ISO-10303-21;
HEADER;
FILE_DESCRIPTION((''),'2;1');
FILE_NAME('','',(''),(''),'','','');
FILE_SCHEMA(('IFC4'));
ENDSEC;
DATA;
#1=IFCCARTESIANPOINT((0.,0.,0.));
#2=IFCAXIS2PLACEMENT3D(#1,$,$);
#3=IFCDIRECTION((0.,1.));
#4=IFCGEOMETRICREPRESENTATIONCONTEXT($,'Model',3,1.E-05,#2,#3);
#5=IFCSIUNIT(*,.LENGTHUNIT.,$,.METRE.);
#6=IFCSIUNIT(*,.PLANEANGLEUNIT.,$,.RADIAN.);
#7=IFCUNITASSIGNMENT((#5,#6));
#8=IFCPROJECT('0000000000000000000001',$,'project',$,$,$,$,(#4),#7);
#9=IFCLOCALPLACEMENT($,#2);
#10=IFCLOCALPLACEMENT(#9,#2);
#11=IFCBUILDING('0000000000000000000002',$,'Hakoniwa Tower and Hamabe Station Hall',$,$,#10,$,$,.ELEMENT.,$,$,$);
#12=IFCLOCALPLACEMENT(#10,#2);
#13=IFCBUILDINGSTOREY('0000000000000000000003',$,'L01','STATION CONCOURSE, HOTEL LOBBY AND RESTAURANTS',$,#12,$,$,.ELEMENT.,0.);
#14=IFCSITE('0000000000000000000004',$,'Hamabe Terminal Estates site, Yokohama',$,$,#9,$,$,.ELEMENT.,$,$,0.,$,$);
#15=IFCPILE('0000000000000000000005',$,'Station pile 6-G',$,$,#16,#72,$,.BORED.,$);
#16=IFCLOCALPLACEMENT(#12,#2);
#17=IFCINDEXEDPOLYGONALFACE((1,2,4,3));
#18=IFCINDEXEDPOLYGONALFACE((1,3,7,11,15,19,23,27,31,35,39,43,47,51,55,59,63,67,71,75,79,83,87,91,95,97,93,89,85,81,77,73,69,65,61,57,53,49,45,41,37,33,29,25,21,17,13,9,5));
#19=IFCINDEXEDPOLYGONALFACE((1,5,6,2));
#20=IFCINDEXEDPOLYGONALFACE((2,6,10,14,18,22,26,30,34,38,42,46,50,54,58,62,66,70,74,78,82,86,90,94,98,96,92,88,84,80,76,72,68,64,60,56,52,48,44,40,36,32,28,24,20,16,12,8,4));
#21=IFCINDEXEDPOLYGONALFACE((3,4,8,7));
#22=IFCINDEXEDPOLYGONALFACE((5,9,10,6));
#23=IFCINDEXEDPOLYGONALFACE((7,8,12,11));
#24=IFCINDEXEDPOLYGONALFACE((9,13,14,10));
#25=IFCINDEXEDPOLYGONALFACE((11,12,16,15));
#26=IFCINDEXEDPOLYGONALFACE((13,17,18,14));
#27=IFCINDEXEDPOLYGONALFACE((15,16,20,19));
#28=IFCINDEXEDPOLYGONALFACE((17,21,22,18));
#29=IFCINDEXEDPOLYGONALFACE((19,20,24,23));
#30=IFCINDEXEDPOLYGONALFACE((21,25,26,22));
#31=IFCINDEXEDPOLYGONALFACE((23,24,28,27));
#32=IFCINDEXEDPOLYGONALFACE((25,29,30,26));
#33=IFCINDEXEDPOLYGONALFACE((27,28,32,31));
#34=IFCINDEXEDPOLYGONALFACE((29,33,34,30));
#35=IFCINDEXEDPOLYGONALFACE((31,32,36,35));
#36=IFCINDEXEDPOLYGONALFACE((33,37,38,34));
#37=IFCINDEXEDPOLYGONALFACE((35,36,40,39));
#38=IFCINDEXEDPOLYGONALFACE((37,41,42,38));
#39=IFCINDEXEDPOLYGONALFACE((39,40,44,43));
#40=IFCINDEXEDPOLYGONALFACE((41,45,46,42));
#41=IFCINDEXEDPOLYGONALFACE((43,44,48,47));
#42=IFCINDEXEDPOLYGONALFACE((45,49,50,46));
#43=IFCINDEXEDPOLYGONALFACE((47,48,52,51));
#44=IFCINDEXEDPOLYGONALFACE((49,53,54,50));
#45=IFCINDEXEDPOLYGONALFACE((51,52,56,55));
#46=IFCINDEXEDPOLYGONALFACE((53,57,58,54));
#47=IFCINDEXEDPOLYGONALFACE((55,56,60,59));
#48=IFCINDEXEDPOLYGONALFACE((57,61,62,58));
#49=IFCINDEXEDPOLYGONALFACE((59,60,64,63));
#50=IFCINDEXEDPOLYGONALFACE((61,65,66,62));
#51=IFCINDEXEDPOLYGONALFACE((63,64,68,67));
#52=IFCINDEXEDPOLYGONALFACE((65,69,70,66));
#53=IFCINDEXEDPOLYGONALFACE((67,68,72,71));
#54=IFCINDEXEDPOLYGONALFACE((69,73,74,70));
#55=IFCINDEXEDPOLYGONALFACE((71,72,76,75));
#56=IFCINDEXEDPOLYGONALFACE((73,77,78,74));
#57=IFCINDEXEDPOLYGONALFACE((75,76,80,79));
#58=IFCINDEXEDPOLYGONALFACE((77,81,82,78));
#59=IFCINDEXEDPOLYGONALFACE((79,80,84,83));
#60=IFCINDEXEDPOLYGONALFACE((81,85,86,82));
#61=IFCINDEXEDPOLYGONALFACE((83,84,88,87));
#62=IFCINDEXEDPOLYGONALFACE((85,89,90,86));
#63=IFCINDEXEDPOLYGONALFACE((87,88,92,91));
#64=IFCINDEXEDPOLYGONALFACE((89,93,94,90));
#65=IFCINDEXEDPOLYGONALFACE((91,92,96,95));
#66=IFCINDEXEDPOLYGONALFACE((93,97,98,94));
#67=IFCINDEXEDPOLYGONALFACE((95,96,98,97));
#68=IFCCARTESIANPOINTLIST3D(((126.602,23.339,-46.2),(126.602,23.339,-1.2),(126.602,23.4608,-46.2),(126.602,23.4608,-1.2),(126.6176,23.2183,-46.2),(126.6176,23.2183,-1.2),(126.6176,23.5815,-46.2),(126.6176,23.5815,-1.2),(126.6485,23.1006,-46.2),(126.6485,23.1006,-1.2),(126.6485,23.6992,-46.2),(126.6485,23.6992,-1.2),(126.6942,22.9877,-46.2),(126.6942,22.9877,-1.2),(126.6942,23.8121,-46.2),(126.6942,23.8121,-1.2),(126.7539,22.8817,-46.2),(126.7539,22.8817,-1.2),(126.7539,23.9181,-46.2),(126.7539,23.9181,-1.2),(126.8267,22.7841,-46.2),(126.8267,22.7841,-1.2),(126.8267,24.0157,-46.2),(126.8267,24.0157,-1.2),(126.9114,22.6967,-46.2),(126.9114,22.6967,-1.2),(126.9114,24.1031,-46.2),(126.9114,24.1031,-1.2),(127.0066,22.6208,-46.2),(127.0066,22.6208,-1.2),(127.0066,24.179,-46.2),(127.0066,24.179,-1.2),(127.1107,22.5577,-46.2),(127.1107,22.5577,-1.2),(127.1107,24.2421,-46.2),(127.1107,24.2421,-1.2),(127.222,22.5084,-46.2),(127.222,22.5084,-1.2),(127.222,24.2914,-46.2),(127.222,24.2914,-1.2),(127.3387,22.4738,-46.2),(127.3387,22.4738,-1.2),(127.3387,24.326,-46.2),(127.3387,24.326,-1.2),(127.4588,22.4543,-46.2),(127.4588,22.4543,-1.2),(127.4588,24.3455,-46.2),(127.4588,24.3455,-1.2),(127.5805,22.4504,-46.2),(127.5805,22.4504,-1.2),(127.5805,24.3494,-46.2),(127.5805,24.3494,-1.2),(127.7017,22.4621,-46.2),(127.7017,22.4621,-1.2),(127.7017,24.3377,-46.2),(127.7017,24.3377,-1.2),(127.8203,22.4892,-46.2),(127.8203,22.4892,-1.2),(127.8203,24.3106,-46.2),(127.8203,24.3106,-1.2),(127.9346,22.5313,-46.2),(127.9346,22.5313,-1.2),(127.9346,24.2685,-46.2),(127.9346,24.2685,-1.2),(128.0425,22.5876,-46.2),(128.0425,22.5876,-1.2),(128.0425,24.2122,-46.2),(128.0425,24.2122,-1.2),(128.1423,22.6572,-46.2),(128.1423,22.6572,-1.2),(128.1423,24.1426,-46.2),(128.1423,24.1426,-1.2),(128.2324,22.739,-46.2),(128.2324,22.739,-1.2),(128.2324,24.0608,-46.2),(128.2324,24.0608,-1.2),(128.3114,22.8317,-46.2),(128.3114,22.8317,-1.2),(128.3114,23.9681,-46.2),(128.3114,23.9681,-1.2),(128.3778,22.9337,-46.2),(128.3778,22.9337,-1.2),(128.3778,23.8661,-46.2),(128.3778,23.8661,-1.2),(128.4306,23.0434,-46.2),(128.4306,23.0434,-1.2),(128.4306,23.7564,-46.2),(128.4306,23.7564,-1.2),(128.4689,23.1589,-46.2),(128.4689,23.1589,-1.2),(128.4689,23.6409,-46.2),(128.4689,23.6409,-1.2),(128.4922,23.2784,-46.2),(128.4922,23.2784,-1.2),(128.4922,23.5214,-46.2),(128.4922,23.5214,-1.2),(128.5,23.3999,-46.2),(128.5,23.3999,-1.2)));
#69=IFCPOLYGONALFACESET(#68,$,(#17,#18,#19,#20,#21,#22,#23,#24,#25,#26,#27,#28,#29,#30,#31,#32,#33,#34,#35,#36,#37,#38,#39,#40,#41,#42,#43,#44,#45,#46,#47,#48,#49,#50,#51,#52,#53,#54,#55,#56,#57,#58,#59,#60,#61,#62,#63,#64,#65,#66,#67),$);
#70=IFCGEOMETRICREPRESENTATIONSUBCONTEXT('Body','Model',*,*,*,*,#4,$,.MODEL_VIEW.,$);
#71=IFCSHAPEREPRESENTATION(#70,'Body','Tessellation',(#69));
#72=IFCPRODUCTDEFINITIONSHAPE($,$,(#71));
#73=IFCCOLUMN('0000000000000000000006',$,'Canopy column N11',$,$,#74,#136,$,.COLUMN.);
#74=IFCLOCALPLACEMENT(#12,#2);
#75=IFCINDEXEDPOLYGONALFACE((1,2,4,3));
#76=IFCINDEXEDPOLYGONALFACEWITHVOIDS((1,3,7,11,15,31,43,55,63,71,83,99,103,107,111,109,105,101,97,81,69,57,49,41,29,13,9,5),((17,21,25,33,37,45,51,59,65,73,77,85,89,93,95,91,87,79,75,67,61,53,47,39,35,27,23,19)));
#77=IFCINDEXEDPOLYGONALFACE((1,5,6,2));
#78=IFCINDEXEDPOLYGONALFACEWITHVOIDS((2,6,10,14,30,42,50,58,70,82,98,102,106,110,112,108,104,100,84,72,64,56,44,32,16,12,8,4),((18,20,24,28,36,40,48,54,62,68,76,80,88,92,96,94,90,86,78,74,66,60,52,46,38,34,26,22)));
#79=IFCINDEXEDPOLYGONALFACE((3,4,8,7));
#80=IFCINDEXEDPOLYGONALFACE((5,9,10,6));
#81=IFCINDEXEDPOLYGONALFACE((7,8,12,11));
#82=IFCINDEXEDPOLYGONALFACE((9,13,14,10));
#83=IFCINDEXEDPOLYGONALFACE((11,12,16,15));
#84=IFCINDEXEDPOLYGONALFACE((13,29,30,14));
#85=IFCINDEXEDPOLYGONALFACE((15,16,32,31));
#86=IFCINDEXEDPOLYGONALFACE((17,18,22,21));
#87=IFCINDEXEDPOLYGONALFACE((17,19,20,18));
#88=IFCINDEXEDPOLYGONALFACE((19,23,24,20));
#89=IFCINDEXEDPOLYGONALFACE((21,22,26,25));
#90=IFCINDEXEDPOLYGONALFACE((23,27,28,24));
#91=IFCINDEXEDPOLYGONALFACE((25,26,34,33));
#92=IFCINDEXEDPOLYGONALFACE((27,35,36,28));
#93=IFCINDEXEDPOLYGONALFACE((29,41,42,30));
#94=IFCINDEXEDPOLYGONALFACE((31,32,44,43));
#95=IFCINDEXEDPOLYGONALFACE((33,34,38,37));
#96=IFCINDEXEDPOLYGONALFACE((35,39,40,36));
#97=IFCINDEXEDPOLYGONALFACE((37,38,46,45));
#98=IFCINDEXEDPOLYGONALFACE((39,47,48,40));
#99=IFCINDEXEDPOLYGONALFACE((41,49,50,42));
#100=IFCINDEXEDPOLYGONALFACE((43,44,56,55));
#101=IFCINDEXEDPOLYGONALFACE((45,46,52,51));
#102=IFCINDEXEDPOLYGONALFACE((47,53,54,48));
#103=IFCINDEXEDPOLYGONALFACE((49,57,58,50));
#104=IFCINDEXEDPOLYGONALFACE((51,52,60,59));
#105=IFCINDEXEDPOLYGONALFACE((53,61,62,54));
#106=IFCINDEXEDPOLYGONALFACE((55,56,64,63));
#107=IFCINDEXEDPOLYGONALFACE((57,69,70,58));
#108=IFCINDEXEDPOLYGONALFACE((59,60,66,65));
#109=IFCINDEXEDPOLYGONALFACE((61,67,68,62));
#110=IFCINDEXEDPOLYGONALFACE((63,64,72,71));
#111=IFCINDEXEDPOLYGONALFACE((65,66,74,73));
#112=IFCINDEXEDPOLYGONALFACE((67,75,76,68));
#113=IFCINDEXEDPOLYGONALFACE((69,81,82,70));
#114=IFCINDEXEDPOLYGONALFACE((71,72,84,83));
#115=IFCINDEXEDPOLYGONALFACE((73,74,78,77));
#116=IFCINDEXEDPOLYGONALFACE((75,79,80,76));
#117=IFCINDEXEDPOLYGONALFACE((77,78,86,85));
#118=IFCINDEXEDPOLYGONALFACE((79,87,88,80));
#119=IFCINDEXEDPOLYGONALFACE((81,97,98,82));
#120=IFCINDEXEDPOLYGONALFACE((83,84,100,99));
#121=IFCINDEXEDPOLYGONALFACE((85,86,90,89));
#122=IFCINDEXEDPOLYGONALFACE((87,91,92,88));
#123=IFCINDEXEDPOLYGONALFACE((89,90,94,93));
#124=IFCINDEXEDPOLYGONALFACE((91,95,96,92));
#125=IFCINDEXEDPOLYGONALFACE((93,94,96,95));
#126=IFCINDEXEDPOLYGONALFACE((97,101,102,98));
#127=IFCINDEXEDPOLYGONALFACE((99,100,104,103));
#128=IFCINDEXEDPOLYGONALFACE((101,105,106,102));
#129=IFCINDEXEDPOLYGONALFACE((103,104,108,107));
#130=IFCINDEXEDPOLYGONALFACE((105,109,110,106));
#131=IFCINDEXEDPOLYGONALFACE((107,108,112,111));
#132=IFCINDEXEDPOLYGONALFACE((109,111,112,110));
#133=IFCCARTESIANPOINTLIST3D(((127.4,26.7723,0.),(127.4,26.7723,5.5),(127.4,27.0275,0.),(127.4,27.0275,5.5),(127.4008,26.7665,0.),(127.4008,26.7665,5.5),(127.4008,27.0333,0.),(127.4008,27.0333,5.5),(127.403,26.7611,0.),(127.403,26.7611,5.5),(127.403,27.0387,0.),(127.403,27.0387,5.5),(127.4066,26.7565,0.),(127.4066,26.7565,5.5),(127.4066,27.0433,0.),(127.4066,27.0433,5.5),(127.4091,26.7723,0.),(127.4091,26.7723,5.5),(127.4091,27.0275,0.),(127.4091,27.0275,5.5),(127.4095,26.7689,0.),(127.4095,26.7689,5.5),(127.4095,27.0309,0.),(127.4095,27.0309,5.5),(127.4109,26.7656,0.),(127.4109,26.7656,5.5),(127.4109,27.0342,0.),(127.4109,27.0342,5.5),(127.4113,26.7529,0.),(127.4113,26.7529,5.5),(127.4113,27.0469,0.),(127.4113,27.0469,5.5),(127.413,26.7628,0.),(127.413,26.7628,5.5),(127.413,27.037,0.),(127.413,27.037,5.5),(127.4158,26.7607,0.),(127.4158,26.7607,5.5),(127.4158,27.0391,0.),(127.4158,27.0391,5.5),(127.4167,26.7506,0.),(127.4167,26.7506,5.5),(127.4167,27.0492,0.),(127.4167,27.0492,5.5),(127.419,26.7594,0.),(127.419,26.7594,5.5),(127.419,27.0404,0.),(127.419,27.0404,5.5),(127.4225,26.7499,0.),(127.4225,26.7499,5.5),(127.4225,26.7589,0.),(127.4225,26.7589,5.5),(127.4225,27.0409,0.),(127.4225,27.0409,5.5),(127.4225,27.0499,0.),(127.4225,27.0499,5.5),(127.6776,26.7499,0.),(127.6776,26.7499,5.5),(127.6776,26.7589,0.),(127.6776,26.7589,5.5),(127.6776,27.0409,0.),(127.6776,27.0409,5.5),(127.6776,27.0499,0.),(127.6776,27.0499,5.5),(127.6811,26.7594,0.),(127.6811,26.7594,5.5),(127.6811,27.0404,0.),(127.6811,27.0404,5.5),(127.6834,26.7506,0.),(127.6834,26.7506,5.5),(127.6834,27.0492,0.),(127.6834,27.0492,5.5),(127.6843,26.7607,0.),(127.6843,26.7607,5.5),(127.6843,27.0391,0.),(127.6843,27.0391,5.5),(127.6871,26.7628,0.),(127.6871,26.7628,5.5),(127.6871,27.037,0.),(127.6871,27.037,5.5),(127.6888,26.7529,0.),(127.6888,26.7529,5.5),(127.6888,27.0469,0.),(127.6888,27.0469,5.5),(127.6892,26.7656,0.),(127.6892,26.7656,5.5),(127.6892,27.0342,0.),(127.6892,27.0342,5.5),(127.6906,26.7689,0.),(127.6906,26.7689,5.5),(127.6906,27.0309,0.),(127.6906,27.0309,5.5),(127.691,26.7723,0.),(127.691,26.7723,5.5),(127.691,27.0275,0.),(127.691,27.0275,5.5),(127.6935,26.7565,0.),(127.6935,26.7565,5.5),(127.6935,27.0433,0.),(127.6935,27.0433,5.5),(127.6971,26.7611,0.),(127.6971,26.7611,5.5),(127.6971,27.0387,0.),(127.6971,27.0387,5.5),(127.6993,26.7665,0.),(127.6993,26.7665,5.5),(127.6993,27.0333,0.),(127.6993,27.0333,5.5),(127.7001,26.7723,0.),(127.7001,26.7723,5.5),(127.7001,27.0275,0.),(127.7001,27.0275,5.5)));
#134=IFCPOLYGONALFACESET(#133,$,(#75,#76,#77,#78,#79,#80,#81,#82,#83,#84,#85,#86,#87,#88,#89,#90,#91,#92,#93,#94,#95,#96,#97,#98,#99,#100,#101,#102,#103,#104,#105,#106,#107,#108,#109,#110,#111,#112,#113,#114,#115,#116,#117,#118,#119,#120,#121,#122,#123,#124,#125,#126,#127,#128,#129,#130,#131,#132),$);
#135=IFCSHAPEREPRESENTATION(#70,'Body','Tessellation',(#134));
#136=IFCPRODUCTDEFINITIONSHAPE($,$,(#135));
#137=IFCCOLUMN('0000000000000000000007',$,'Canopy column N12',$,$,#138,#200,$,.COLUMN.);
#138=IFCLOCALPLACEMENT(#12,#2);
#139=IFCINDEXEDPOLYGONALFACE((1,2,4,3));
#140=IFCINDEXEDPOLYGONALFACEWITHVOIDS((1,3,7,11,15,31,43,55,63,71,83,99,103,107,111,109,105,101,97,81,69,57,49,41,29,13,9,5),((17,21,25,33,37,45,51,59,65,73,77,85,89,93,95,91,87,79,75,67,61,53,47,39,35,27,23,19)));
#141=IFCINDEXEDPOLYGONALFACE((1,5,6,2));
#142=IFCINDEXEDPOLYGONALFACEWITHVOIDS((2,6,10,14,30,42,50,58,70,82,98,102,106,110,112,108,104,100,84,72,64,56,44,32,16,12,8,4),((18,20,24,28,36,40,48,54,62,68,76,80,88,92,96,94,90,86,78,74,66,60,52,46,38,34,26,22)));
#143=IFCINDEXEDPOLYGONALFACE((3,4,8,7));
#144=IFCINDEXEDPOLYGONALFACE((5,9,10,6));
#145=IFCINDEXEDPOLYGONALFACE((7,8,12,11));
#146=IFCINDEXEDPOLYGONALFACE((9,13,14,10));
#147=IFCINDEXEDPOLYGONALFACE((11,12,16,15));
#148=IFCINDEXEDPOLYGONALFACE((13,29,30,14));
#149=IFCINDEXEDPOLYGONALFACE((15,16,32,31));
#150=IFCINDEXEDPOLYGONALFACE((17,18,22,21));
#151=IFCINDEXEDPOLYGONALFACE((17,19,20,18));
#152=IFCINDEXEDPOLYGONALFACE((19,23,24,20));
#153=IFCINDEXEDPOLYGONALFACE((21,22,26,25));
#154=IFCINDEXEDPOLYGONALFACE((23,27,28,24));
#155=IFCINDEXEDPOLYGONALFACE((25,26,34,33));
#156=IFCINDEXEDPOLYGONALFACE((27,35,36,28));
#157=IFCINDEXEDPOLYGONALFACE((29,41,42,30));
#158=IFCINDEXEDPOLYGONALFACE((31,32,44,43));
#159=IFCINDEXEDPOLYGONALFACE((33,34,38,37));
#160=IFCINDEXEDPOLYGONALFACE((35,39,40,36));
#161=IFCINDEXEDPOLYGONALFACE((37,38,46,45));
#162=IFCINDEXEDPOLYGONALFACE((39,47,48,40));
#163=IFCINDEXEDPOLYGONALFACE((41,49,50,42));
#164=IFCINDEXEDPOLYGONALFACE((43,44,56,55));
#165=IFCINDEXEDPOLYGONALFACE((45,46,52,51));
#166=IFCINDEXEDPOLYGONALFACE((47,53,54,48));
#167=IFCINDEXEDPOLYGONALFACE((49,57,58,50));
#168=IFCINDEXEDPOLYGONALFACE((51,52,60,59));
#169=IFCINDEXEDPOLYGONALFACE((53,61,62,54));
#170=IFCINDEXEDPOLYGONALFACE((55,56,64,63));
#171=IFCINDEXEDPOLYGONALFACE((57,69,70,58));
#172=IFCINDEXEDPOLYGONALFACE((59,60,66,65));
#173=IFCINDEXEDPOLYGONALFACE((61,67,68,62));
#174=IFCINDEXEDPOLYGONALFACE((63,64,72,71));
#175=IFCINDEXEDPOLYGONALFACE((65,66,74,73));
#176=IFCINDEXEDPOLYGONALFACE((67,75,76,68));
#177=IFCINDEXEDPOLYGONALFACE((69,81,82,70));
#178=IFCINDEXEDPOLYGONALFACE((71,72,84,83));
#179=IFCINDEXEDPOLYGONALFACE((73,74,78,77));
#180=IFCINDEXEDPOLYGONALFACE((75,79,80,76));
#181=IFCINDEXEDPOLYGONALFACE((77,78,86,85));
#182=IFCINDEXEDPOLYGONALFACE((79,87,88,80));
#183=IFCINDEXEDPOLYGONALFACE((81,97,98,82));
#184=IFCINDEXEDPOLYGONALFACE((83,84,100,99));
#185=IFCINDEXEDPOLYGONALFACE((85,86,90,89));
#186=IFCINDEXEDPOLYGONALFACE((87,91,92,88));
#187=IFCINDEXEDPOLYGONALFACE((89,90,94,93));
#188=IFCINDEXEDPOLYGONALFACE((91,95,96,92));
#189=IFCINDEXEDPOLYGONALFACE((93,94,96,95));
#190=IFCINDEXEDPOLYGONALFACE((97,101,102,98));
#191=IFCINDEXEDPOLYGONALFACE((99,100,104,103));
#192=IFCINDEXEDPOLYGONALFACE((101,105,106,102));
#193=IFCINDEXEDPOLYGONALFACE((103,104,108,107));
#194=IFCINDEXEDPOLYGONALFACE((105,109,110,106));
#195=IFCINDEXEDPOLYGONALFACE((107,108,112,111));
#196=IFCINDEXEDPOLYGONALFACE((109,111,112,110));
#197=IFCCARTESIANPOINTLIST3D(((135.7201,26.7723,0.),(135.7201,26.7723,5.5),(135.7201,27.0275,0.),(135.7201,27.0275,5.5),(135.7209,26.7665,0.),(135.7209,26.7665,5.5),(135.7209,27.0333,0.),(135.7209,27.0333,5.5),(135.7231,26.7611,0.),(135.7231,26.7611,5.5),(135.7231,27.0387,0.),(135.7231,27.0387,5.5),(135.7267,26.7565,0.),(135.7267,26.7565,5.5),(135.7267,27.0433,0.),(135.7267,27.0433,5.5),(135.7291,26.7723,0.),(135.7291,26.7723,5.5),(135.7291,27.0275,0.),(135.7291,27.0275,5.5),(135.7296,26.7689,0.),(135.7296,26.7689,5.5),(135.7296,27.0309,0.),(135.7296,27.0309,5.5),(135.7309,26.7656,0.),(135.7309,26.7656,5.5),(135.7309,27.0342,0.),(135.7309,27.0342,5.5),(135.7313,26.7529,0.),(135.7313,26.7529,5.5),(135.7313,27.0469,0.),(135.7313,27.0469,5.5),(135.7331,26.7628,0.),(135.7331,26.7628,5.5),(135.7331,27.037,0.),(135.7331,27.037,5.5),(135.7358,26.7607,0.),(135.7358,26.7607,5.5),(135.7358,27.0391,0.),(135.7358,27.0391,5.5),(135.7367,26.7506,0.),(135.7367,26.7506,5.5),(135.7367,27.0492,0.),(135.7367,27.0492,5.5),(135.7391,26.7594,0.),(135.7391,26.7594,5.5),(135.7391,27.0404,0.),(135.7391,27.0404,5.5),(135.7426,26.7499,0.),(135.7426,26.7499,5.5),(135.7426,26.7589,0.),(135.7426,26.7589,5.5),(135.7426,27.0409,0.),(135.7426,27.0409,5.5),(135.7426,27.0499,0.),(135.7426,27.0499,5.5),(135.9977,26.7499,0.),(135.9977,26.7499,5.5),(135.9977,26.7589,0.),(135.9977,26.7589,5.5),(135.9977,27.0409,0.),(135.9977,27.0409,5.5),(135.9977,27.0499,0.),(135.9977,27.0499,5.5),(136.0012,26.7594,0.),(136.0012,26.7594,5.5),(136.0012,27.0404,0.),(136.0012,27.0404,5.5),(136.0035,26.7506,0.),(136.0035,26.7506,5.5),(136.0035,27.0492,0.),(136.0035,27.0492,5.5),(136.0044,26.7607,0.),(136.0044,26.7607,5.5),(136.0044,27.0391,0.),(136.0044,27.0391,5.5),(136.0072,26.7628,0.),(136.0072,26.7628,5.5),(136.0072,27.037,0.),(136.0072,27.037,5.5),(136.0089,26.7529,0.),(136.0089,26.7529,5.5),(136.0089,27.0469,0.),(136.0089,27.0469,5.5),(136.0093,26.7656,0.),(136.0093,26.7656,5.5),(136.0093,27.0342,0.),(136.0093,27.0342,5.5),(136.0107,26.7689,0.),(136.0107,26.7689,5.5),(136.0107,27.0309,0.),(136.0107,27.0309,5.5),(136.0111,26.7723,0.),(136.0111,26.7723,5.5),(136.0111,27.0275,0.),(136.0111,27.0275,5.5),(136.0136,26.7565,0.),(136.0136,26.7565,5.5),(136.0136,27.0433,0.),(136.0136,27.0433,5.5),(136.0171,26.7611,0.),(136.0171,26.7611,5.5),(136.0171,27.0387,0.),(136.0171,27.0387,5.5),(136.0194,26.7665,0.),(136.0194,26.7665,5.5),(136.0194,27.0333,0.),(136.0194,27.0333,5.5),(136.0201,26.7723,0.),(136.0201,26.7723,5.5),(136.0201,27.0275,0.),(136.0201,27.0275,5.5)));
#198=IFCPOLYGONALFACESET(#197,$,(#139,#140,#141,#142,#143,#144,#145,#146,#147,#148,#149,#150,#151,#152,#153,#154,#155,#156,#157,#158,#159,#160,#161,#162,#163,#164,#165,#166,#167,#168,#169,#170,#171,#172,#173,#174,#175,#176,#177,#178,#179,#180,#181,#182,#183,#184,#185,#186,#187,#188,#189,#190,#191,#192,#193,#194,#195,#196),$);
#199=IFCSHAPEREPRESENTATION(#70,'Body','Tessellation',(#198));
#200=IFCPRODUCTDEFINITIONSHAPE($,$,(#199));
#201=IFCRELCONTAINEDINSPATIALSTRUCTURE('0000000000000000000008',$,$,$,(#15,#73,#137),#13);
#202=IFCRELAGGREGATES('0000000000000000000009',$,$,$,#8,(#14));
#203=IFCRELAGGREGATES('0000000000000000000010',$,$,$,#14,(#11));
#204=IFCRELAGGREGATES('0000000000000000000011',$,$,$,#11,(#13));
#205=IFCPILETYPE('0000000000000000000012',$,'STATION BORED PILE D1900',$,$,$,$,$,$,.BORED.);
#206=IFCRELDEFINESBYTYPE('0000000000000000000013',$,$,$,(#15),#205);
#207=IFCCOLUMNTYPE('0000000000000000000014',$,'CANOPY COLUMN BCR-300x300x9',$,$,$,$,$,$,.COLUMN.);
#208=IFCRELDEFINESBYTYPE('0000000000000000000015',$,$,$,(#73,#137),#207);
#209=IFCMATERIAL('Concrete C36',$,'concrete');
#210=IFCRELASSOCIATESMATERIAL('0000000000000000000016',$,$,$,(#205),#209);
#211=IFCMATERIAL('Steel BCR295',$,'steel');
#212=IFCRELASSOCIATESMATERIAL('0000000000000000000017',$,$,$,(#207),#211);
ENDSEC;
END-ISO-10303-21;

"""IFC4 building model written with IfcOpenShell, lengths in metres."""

from ifc_helpers import new_model, si_unit, direction, frame, origin, origin_2d, place, context, subcontext, project, spatial, hollow_rectangle, circle, extrude, material, material_profile, profile_set, type_object, element, save


model = new_model("IFC4")

# Units and contexts
model_context = context("Model", 3, precision=1e-05, world=origin(), true_north=direction((0.0, 1.0)))
body_context = subcontext(model_context, "Body", "Model", "MODEL_VIEW")
ifc_project = project(units=[si_unit("LENGTHUNIT", "METRE"), si_unit("PLANEANGLEUNIT", "RADIAN")], contexts=[model_context])

# Site, building, storey
site_placement = place(None, origin())
site = spatial("IfcSite", under=ifc_project, at=site_placement, Name="Hamabe Terminal Estates site, Yokohama", CompositionType="ELEMENT", RefElevation=0.0)
building_placement = place(site_placement, origin())
building = spatial("IfcBuilding", under=site, at=building_placement, Name="Hakoniwa Tower and Hamabe Station Hall", CompositionType="ELEMENT")
storey_placement = place(building_placement, origin())
storey = spatial("IfcBuildingStorey", under=building, at=storey_placement, Name="L01", Description="STATION CONCOURSE, HOTEL LOBBY AND RESTAURANTS", CompositionType="ELEMENT", Elevation=0.0)

# Pile
ifc_material_1 = material(Name="Concrete C36", Category="concrete")
ifc_material_profile_1 = material_profile(ifc_material_1, circle(Radius=0.95, at=origin_2d()), Name="STATION BORED PILE D1900")
ifc_profile_set_1 = profile_set([ifc_material_profile_1], Name="Concrete C36")
pile_type_1 = type_object("IfcPileType", Name="STATION BORED PILE D1900", PredefinedType="BORED", material=ifc_profile_set_1)
pile_placement = place(storey_placement, frame((127.55, 23.3999, -1.2), z_axis=(0.0, 0.0, -1.0), x_axis=(1.0, 0.0, 0.0)))
element("IfcPile", 1, at=pile_placement, inside=storey, type_object=pile_type_1, Name="Station pile 6-G", PredefinedType="BORED", context=body_context, shape_type="SweptSolid", body=[
    extrude(circle(Radius=0.95, at=origin_2d()), origin(), (0.0, 0.0, 1.0), 45.0),
])

# Columns
ifc_material_2 = material(Name="Steel BCR295", Category="steel")
ifc_material_profile_2 = material_profile(ifc_material_2, hollow_rectangle(XDim=0.3, YDim=0.3, WallThickness=0.009, InnerFilletRadius=0.0134, OuterFilletRadius=0.0225, at=origin_2d()), Name="BCR-300x300x9")
ifc_profile_set_2 = profile_set([ifc_material_profile_2], Name="Steel BCR295")
column_type_1 = type_object("IfcColumnType", Name="CANOPY COLUMN BCR-300x300x9", PredefinedType="COLUMN", material=ifc_profile_set_2)
for number, where, z_axis, x_axis, name in (
    (2, (127.55, 26.8999, 0.0), (0.0, 0.0, 1.0), (1.0, 0.0, 0.0), "Canopy column N11"),
    (3, (135.8701, 26.8999, 0.0), (0.0, 0.0, 1.0), (1.0, 0.0, 0.0), "Canopy column N12"),
):
    element("IfcColumn", number, at=place(storey_placement, frame(where, z_axis=z_axis, x_axis=x_axis)), inside=storey, type_object=column_type_1, Name=name, PredefinedType="COLUMN", context=body_context, shape_type="SweptSolid", body=[
        extrude(hollow_rectangle(XDim=0.3, YDim=0.3, WallThickness=0.009, InnerFilletRadius=0.0134, OuterFilletRadius=0.0225, at=origin_2d()), origin(), (0.0, 0.0, 1.0), 5.5),
    ])

save(model, "model.ifc")
